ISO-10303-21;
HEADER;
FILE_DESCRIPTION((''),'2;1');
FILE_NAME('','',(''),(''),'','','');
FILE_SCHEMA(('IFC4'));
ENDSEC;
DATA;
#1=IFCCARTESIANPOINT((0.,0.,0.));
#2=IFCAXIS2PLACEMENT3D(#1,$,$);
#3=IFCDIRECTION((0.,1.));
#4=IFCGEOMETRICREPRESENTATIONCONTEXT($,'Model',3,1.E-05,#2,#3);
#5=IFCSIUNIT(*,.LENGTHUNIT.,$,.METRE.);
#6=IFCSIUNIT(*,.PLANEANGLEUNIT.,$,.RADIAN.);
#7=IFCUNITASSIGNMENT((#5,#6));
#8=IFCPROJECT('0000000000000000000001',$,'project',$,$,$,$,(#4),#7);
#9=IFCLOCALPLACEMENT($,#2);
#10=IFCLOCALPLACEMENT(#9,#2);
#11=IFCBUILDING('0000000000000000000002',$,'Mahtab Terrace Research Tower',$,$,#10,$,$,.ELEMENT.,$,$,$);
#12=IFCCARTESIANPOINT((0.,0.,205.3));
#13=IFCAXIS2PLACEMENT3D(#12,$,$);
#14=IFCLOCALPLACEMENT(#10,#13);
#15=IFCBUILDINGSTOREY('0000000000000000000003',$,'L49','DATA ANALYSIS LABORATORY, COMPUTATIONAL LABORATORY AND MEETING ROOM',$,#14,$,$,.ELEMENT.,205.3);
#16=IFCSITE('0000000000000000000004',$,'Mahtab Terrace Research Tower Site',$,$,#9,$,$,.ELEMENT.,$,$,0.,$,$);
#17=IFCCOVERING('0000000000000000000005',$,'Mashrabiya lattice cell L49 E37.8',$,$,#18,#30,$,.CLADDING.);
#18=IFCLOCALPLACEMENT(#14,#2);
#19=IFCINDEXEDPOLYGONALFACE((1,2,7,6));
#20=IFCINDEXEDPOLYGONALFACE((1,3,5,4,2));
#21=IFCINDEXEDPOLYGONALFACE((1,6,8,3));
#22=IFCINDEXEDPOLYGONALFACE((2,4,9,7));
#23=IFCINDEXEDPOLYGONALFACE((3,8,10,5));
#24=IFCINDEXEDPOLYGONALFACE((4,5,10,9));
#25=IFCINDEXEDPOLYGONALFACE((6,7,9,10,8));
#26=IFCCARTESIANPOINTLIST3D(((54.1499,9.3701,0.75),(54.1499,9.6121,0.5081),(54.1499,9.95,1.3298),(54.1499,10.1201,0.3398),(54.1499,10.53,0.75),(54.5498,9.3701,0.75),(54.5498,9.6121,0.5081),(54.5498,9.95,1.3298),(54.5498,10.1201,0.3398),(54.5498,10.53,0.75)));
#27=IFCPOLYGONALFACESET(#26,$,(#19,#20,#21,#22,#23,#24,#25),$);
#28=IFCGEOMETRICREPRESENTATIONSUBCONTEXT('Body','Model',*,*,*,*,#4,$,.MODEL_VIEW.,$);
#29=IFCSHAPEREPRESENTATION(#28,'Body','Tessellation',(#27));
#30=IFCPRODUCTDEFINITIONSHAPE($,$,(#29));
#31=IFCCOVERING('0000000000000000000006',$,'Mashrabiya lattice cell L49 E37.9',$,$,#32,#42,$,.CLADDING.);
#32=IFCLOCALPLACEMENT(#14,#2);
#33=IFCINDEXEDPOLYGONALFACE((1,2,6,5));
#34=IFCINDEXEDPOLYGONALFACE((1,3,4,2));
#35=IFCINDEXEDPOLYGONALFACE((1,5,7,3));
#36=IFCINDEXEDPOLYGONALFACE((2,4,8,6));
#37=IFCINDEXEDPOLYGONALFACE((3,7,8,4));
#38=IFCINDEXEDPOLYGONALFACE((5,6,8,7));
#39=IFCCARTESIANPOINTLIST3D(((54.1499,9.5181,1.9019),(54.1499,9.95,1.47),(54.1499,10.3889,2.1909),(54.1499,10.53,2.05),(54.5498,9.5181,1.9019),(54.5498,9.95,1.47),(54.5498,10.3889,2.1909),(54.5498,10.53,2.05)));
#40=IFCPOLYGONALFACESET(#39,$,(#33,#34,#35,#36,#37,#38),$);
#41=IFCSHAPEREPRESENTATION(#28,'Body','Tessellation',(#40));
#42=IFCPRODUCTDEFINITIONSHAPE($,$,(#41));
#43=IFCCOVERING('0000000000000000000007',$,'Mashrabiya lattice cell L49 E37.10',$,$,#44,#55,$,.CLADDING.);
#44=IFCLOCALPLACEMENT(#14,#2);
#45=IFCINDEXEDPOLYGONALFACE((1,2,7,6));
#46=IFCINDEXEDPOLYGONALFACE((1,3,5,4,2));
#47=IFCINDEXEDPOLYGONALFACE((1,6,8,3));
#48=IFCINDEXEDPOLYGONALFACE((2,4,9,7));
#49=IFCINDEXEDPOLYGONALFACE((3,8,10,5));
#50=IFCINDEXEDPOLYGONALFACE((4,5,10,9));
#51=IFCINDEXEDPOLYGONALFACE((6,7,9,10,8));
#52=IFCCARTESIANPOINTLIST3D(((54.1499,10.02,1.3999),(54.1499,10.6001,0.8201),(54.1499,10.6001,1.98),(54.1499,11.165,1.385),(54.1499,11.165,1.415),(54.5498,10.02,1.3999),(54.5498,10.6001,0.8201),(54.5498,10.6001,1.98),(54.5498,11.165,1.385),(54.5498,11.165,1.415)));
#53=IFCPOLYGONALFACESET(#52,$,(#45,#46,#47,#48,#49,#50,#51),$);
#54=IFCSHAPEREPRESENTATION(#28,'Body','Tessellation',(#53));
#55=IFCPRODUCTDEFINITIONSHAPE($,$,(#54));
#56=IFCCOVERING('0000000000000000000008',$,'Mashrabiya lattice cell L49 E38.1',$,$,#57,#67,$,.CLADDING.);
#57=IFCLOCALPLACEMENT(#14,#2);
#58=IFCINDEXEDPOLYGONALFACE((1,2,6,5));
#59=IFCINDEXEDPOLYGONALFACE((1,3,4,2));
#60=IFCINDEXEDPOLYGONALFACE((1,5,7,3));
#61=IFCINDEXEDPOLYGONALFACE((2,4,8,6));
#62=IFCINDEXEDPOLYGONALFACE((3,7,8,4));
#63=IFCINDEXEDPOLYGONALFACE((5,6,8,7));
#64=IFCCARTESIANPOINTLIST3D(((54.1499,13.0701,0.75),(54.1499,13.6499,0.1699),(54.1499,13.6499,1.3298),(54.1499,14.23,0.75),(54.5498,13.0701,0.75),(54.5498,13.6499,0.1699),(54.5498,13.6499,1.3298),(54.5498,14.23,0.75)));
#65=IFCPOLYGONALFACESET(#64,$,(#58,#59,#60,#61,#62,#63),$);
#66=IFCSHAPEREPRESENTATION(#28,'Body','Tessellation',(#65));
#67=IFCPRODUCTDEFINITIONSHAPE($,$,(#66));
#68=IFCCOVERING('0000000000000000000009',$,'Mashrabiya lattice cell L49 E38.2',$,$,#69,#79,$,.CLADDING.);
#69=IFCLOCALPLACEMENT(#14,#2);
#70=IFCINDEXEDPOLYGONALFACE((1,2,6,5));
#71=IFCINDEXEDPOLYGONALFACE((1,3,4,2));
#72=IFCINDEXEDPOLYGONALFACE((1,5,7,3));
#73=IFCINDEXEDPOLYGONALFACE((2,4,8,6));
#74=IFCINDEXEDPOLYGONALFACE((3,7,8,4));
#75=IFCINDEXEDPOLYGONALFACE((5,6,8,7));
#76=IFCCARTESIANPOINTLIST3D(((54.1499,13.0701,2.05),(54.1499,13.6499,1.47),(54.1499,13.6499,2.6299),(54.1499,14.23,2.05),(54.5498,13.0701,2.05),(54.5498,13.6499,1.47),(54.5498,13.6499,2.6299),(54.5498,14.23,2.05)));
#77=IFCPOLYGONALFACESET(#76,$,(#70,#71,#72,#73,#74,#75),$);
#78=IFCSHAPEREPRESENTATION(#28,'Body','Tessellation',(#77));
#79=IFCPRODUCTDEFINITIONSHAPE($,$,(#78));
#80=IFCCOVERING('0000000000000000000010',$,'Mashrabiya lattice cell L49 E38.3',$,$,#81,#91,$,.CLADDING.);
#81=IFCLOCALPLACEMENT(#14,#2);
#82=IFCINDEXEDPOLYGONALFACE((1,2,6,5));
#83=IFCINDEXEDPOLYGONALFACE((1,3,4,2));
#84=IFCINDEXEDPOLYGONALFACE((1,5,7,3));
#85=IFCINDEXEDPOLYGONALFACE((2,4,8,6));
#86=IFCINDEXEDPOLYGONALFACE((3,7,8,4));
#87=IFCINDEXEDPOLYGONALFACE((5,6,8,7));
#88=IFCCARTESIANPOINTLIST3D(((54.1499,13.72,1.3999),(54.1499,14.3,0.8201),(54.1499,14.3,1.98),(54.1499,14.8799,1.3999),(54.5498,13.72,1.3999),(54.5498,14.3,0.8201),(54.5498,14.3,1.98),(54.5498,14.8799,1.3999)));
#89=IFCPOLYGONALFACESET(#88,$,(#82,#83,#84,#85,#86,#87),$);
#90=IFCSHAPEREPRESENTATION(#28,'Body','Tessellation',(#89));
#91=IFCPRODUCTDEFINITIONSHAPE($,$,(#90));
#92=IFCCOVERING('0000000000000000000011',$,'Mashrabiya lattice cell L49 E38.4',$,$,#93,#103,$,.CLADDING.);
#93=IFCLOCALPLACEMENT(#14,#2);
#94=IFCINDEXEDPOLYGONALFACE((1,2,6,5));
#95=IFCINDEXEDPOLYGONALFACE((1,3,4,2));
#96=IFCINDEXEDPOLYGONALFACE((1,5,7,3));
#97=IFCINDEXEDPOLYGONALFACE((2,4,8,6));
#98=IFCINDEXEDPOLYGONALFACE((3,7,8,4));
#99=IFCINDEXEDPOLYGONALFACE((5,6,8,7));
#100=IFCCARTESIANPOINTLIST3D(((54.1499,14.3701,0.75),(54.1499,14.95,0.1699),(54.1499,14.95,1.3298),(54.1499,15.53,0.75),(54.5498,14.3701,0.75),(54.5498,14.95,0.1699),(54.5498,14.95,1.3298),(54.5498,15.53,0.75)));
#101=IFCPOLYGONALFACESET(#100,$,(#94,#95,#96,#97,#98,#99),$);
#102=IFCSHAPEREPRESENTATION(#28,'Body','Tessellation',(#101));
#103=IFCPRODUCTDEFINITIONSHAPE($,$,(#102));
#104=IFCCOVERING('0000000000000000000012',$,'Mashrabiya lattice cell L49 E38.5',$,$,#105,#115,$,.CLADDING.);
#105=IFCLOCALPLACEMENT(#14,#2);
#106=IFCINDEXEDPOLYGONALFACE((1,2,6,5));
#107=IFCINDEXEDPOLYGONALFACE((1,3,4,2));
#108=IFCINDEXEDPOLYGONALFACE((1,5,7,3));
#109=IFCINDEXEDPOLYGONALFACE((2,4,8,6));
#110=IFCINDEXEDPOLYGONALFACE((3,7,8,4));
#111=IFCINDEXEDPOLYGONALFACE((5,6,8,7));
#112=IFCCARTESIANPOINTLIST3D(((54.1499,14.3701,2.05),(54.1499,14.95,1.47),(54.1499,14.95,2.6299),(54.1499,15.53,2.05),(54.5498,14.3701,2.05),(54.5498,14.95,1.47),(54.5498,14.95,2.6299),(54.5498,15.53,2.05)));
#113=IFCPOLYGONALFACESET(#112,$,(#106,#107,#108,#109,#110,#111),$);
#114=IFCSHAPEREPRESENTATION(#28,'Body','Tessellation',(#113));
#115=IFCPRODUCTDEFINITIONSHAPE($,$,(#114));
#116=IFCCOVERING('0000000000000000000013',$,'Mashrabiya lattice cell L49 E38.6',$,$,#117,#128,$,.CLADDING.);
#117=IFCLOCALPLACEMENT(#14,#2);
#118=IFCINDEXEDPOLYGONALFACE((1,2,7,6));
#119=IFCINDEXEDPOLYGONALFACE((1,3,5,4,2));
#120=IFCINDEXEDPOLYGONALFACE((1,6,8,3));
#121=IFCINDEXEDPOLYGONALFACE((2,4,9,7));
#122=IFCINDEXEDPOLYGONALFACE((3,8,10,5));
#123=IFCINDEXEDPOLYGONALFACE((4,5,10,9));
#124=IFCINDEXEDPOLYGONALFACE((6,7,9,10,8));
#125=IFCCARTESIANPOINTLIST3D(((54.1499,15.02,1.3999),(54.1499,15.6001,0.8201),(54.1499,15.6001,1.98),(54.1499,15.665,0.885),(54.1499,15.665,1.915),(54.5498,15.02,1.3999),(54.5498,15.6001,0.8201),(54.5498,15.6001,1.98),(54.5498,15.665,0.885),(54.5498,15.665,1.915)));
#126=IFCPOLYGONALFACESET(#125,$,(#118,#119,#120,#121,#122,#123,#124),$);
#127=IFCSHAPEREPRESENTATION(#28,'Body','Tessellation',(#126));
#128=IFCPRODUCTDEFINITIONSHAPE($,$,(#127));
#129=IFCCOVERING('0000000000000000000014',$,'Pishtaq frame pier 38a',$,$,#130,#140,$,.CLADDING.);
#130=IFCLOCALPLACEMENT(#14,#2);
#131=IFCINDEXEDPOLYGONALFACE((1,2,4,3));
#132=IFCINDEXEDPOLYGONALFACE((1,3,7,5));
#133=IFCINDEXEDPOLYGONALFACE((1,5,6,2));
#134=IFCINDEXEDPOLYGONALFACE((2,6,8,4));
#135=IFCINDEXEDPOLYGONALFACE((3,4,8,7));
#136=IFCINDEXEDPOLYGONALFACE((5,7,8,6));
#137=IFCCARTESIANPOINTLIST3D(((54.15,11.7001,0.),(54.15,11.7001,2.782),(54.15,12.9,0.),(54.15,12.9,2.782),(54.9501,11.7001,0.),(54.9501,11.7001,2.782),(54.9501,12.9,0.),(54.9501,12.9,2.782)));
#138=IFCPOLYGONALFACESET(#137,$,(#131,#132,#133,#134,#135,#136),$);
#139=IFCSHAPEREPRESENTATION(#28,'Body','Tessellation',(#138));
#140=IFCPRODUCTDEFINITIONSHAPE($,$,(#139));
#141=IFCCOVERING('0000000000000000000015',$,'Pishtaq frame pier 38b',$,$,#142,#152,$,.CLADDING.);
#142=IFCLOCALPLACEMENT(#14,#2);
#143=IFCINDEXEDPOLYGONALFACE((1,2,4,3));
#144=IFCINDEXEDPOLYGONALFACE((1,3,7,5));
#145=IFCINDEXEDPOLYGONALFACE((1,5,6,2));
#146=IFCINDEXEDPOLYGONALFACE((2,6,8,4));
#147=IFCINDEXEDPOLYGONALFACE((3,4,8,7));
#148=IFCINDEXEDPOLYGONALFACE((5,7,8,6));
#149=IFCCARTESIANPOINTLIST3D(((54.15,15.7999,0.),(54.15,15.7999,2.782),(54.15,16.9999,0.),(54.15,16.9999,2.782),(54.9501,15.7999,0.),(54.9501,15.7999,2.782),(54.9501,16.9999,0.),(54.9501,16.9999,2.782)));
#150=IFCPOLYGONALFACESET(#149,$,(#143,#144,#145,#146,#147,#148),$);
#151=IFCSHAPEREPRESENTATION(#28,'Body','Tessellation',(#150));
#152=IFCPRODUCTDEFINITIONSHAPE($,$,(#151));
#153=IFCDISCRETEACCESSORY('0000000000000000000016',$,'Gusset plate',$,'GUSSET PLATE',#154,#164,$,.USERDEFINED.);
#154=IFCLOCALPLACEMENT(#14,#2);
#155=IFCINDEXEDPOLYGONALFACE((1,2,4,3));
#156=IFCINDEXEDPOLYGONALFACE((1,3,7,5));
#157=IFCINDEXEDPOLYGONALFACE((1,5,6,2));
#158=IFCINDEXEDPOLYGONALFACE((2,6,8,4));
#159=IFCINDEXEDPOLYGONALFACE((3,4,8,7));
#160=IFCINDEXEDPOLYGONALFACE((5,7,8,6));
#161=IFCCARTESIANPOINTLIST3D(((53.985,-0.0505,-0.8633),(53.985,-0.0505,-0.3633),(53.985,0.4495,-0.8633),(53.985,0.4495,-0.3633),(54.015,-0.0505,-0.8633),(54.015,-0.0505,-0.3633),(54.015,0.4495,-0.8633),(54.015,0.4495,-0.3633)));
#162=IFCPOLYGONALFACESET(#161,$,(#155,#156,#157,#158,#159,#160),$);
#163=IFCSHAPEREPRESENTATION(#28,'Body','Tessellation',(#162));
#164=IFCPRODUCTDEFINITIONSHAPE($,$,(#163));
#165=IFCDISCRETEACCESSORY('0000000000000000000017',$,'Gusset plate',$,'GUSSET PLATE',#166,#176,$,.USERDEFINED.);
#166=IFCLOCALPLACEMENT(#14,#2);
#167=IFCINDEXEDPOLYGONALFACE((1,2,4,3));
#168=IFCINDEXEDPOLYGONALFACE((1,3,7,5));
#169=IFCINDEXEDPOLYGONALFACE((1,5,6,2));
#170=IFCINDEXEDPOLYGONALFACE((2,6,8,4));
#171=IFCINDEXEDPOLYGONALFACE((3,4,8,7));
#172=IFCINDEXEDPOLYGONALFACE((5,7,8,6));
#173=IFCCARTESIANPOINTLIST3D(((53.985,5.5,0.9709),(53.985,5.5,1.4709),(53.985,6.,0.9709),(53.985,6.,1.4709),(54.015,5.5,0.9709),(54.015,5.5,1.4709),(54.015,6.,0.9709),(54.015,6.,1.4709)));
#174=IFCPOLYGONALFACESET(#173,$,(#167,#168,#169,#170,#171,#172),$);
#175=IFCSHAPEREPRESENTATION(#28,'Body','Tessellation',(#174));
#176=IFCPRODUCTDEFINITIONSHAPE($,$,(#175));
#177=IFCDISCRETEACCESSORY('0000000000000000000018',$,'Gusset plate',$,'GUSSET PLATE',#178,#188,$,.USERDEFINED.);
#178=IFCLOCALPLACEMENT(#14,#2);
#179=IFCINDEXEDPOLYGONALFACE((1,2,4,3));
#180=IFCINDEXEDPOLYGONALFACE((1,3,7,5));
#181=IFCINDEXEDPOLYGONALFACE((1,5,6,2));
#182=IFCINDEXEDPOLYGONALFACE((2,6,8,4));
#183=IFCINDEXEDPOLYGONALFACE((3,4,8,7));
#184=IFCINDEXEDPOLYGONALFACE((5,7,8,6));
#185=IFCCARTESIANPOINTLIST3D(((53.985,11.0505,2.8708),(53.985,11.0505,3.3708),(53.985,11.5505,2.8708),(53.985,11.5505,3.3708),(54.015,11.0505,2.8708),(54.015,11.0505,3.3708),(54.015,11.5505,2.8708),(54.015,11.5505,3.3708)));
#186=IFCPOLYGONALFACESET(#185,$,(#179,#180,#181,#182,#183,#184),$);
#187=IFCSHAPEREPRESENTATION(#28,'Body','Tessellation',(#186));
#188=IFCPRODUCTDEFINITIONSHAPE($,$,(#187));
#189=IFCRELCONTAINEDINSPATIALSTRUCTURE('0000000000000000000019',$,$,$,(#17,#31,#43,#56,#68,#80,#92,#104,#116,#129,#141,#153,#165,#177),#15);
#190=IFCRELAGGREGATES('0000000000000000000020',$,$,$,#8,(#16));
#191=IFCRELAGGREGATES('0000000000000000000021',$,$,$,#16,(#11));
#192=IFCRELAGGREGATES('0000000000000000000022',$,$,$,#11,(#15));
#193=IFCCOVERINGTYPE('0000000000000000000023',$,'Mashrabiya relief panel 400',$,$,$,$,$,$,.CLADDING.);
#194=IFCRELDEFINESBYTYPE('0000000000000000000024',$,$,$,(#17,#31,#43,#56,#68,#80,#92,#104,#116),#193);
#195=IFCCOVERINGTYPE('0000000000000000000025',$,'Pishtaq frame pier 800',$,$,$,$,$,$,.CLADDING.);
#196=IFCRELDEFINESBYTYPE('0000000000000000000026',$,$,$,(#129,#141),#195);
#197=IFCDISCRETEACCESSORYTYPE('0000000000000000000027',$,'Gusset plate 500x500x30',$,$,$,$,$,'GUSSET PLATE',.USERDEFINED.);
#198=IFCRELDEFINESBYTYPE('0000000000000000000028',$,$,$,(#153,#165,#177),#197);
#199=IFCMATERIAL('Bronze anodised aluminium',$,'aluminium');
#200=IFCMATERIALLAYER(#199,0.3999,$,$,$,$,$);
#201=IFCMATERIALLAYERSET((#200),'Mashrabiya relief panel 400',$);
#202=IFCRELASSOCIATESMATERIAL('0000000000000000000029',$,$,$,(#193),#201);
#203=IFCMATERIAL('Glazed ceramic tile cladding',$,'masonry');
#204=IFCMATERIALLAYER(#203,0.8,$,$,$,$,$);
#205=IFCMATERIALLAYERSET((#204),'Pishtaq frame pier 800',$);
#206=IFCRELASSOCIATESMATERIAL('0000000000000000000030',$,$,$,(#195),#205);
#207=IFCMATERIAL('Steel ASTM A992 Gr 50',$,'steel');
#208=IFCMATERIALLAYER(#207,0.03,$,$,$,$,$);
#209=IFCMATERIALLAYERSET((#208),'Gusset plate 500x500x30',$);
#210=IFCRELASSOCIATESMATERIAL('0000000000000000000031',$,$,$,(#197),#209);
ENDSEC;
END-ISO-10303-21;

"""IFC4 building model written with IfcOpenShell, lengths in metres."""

from ifc_helpers import new_model, si_unit, direction, frame, origin, origin_2d, place, context, subcontext, project, spatial, polyline, rectangle, outline, extrude, material, layer, layer_set, type_object, element, save


model = new_model("IFC4")

# Units and contexts
model_context = context("Model", 3, precision=1e-05, world=origin(), true_north=direction((0.0, 1.0)))
body_context = subcontext(model_context, "Body", "Model", "MODEL_VIEW")
ifc_project = project(units=[si_unit("LENGTHUNIT", "METRE"), si_unit("PLANEANGLEUNIT", "RADIAN")], contexts=[model_context])

# Site, building, storey
site_placement = place(None, origin())
site = spatial("IfcSite", under=ifc_project, at=site_placement, Name="Mahtab Terrace Research Tower Site", CompositionType="ELEMENT", RefElevation=0.0)
building_placement = place(site_placement, origin())
building = spatial("IfcBuilding", under=site, at=building_placement, Name="Mahtab Terrace Research Tower", CompositionType="ELEMENT")
storey_placement = place(building_placement, frame((0.0, 0.0, 205.3)))
storey = spatial("IfcBuildingStorey", under=building, at=storey_placement, Name="L49", Description="DATA ANALYSIS LABORATORY, COMPUTATIONAL LABORATORY AND MEETING ROOM", CompositionType="ELEMENT", Elevation=205.3)

# Shared definitions
ifc_material_1 = material(Name="Steel ASTM A992 Gr 50", Category="steel")

# Coverings
ifc_material_2 = material(Name="Bronze anodised aluminium", Category="aluminium")
ifc_layer_1 = layer(ifc_material_2, 0.3999)
ifc_layer_set_1 = layer_set([ifc_layer_1], Name="Mashrabiya relief panel 400")
covering_type_1 = type_object("IfcCoveringType", Name="Mashrabiya relief panel 400", PredefinedType="CLADDING", material=ifc_layer_set_1)
covering_1_placement = place(storey_placement, frame((54.1499, 9.3701, 0.75), z_axis=(-1.0, 0.0, 0.0), x_axis=(0.0, 0.707107, 0.707107)))
element("IfcCovering", 1, at=covering_1_placement, inside=storey, type_object=covering_type_1, Name="Mashrabiya lattice cell L49 E37.8", PredefinedType="CLADDING", context=body_context, shape_type="SweptSolid", body=[
    extrude(outline(polyline([(0.0, 0.0), (0.82, 0.0), (0.8202, 0.8202), (0.2403, 0.8204), (0.0, 0.3422), (0.0, 0.0)])), origin(), (0.0, 0.0, -1.0), 0.3999),
])
covering_2_placement = place(storey_placement, frame((54.1499, 10.53, 2.05), z_axis=(-1.0, 0.0, 0.0), x_axis=(0.0, -0.707107, -0.707107)))
element("IfcCovering", 2, at=covering_2_placement, inside=storey, type_object=covering_type_1, Name="Mashrabiya lattice cell L49 E37.9", PredefinedType="CLADDING", context=body_context, shape_type="SweptSolid", body=[
    extrude(outline(polyline([(0.0, 0.0), (0.8204, 0.0), (0.8204, 0.6108), (0.0002, 0.1994), (0.0, 0.0)])), origin(), (0.0, 0.0, -1.0), 0.3999),
])
covering_3_placement = place(storey_placement, frame((54.1499, 10.6001, 0.8201), z_axis=(-1.0, 0.0, 0.0), x_axis=(0.0, -0.707256, 0.706958)))
element("IfcCovering", 3, at=covering_3_placement, inside=storey, type_object=covering_type_1, Name="Mashrabiya lattice cell L49 E37.10", PredefinedType="CLADDING", context=body_context, shape_type="SweptSolid", body=[
    extrude(outline(polyline([(0.0, 0.0), (0.8202, 0.0), (0.82, 0.8204), (0.0211, 0.8202), (-0.0002, 0.7989), (0.0, 0.0)])), origin(), (0.0, 0.0, -1.0), 0.3999),
])
for number, where, z_axis, x_axis, name in (
    (4, (54.1499, 13.6499, 1.3298), (-1.0, 0.0, 0.0), (0.0, 0.707256, -0.706958), "Mashrabiya lattice cell L49 E38.1"),
    (5, (54.1499, 13.6499, 2.6299), (-1.0, 0.0, 0.0), (0.0, 0.707256, -0.706958), "Mashrabiya lattice cell L49 E38.2"),
):
    element("IfcCovering", number, at=place(storey_placement, frame(where, z_axis=z_axis, x_axis=x_axis)), inside=storey, type_object=covering_type_1, Name=name, PredefinedType="CLADDING", context=body_context, shape_type="SweptSolid", body=[
        extrude(outline(polyline([(0.0, 0.0), (0.8202, 0.0), (0.82, 0.8204), (-0.0002, 0.82), (0.0, 0.0)])), origin(), (0.0, 0.0, -1.0), 0.3999),
    ])
covering_4_placement = place(storey_placement, frame((54.1499, 14.3, 1.98), z_axis=(-1.0, 0.0, 0.0), x_axis=(0.0, 0.706958, -0.707256)))
element("IfcCovering", 6, at=covering_4_placement, inside=storey, type_object=covering_type_1, Name="Mashrabiya lattice cell L49 E38.3", PredefinedType="CLADDING", context=body_context, shape_type="SweptSolid", body=[
    extrude(outline(polyline([(0.0, 0.0), (0.8202, 0.0), (0.8204, 0.82), (0.0002, 0.8204), (0.0, 0.0)])), origin(), (0.0, 0.0, -1.0), 0.3999),
])
for number, where, z_axis, x_axis, name in (
    (7, (54.1499, 14.95, 1.3298), (-1.0, 0.0, 0.0), (0.0, 0.707256, -0.706958), "Mashrabiya lattice cell L49 E38.4"),
    (8, (54.1499, 14.95, 2.6299), (-1.0, 0.0, 0.0), (0.0, 0.707256, -0.706958), "Mashrabiya lattice cell L49 E38.5"),
):
    element("IfcCovering", number, at=place(storey_placement, frame(where, z_axis=z_axis, x_axis=x_axis)), inside=storey, type_object=covering_type_1, Name=name, PredefinedType="CLADDING", context=body_context, shape_type="SweptSolid", body=[
        extrude(outline(polyline([(0.0, 0.0), (0.8202, 0.0), (0.82, 0.8204), (-0.0002, 0.82), (0.0, 0.0)])), origin(), (0.0, 0.0, -1.0), 0.3999),
    ])
covering_5_placement = place(storey_placement, frame((54.1499, 15.6001, 0.8201), z_axis=(-1.0, 0.0, 0.0), x_axis=(0.0, -0.707256, 0.706958)))
element("IfcCovering", 9, at=covering_5_placement, inside=storey, type_object=covering_type_1, Name="Mashrabiya lattice cell L49 E38.6", PredefinedType="CLADDING", context=body_context, shape_type="SweptSolid", body=[
    extrude(outline(polyline([(0.0, 0.0), (0.8202, 0.0), (0.82, 0.8204), (0.7282, 0.8203), (0.0, 0.0918), (0.0, 0.0)])), origin(), (0.0, 0.0, -1.0), 0.3999),
])
ifc_material_3 = material(Name="Glazed ceramic tile cladding", Category="masonry")
ifc_layer_2 = layer(ifc_material_3, 0.8)
ifc_layer_set_2 = layer_set([ifc_layer_2], Name="Pishtaq frame pier 800")
covering_type_2 = type_object("IfcCoveringType", Name="Pishtaq frame pier 800", PredefinedType="CLADDING", material=ifc_layer_set_2)
for number, where, z_axis, x_axis, name in (
    (10, (54.55, 12.3, 0.0), (0.0, 0.0, 1.0), (0.0, 1.0, 0.0), "Pishtaq frame pier 38a"),
    (11, (54.55, 16.3999, 0.0), (0.0, 0.0, 1.0), (0.0, 1.0, 0.0), "Pishtaq frame pier 38b"),
):
    element("IfcCovering", number, at=place(storey_placement, frame(where, z_axis=z_axis, x_axis=x_axis)), inside=storey, type_object=covering_type_2, Name=name, PredefinedType="CLADDING", context=body_context, shape_type="SweptSolid", body=[
        extrude(rectangle(XDim=1.2, YDim=0.8, at=origin_2d()), origin(), (0.0, 0.0, 1.0), 2.782),
    ])

# Discrete accessories
ifc_layer_3 = layer(ifc_material_1, 0.03)
ifc_layer_set_3 = layer_set([ifc_layer_3], Name="Gusset plate 500x500x30")
discrete_accessory_type = type_object("IfcDiscreteAccessoryType", Name="Gusset plate 500x500x30", ElementType="GUSSET PLATE", PredefinedType="USERDEFINED", material=ifc_layer_set_3)
for number, where, z_axis, x_axis, name in (
    (12, (54.0, 0.1995, -0.8633), (0.0, 0.0, 1.0), (0.0, 1.0, 0.0), "Gusset plate"),
    (13, (54.0, 5.75, 0.9709), (0.0, 0.0, 1.0), (0.0, 1.0, 0.0), "Gusset plate"),
    (14, (54.0, 11.3005, 2.8708), (0.0, 0.0, 1.0), (0.0, 1.0, 0.0), "Gusset plate"),
):
    element("IfcDiscreteAccessory", number, at=place(storey_placement, frame(where, z_axis=z_axis, x_axis=x_axis)), inside=storey, type_object=discrete_accessory_type, Name=name, ObjectType="GUSSET PLATE", PredefinedType="USERDEFINED", context=body_context, shape_type="SweptSolid", body=[
        extrude(rectangle(XDim=0.5, YDim=0.03, at=origin_2d()), origin(), (0.0, 0.0, 1.0), 0.5),
    ])

save(model, "model.ifc")
